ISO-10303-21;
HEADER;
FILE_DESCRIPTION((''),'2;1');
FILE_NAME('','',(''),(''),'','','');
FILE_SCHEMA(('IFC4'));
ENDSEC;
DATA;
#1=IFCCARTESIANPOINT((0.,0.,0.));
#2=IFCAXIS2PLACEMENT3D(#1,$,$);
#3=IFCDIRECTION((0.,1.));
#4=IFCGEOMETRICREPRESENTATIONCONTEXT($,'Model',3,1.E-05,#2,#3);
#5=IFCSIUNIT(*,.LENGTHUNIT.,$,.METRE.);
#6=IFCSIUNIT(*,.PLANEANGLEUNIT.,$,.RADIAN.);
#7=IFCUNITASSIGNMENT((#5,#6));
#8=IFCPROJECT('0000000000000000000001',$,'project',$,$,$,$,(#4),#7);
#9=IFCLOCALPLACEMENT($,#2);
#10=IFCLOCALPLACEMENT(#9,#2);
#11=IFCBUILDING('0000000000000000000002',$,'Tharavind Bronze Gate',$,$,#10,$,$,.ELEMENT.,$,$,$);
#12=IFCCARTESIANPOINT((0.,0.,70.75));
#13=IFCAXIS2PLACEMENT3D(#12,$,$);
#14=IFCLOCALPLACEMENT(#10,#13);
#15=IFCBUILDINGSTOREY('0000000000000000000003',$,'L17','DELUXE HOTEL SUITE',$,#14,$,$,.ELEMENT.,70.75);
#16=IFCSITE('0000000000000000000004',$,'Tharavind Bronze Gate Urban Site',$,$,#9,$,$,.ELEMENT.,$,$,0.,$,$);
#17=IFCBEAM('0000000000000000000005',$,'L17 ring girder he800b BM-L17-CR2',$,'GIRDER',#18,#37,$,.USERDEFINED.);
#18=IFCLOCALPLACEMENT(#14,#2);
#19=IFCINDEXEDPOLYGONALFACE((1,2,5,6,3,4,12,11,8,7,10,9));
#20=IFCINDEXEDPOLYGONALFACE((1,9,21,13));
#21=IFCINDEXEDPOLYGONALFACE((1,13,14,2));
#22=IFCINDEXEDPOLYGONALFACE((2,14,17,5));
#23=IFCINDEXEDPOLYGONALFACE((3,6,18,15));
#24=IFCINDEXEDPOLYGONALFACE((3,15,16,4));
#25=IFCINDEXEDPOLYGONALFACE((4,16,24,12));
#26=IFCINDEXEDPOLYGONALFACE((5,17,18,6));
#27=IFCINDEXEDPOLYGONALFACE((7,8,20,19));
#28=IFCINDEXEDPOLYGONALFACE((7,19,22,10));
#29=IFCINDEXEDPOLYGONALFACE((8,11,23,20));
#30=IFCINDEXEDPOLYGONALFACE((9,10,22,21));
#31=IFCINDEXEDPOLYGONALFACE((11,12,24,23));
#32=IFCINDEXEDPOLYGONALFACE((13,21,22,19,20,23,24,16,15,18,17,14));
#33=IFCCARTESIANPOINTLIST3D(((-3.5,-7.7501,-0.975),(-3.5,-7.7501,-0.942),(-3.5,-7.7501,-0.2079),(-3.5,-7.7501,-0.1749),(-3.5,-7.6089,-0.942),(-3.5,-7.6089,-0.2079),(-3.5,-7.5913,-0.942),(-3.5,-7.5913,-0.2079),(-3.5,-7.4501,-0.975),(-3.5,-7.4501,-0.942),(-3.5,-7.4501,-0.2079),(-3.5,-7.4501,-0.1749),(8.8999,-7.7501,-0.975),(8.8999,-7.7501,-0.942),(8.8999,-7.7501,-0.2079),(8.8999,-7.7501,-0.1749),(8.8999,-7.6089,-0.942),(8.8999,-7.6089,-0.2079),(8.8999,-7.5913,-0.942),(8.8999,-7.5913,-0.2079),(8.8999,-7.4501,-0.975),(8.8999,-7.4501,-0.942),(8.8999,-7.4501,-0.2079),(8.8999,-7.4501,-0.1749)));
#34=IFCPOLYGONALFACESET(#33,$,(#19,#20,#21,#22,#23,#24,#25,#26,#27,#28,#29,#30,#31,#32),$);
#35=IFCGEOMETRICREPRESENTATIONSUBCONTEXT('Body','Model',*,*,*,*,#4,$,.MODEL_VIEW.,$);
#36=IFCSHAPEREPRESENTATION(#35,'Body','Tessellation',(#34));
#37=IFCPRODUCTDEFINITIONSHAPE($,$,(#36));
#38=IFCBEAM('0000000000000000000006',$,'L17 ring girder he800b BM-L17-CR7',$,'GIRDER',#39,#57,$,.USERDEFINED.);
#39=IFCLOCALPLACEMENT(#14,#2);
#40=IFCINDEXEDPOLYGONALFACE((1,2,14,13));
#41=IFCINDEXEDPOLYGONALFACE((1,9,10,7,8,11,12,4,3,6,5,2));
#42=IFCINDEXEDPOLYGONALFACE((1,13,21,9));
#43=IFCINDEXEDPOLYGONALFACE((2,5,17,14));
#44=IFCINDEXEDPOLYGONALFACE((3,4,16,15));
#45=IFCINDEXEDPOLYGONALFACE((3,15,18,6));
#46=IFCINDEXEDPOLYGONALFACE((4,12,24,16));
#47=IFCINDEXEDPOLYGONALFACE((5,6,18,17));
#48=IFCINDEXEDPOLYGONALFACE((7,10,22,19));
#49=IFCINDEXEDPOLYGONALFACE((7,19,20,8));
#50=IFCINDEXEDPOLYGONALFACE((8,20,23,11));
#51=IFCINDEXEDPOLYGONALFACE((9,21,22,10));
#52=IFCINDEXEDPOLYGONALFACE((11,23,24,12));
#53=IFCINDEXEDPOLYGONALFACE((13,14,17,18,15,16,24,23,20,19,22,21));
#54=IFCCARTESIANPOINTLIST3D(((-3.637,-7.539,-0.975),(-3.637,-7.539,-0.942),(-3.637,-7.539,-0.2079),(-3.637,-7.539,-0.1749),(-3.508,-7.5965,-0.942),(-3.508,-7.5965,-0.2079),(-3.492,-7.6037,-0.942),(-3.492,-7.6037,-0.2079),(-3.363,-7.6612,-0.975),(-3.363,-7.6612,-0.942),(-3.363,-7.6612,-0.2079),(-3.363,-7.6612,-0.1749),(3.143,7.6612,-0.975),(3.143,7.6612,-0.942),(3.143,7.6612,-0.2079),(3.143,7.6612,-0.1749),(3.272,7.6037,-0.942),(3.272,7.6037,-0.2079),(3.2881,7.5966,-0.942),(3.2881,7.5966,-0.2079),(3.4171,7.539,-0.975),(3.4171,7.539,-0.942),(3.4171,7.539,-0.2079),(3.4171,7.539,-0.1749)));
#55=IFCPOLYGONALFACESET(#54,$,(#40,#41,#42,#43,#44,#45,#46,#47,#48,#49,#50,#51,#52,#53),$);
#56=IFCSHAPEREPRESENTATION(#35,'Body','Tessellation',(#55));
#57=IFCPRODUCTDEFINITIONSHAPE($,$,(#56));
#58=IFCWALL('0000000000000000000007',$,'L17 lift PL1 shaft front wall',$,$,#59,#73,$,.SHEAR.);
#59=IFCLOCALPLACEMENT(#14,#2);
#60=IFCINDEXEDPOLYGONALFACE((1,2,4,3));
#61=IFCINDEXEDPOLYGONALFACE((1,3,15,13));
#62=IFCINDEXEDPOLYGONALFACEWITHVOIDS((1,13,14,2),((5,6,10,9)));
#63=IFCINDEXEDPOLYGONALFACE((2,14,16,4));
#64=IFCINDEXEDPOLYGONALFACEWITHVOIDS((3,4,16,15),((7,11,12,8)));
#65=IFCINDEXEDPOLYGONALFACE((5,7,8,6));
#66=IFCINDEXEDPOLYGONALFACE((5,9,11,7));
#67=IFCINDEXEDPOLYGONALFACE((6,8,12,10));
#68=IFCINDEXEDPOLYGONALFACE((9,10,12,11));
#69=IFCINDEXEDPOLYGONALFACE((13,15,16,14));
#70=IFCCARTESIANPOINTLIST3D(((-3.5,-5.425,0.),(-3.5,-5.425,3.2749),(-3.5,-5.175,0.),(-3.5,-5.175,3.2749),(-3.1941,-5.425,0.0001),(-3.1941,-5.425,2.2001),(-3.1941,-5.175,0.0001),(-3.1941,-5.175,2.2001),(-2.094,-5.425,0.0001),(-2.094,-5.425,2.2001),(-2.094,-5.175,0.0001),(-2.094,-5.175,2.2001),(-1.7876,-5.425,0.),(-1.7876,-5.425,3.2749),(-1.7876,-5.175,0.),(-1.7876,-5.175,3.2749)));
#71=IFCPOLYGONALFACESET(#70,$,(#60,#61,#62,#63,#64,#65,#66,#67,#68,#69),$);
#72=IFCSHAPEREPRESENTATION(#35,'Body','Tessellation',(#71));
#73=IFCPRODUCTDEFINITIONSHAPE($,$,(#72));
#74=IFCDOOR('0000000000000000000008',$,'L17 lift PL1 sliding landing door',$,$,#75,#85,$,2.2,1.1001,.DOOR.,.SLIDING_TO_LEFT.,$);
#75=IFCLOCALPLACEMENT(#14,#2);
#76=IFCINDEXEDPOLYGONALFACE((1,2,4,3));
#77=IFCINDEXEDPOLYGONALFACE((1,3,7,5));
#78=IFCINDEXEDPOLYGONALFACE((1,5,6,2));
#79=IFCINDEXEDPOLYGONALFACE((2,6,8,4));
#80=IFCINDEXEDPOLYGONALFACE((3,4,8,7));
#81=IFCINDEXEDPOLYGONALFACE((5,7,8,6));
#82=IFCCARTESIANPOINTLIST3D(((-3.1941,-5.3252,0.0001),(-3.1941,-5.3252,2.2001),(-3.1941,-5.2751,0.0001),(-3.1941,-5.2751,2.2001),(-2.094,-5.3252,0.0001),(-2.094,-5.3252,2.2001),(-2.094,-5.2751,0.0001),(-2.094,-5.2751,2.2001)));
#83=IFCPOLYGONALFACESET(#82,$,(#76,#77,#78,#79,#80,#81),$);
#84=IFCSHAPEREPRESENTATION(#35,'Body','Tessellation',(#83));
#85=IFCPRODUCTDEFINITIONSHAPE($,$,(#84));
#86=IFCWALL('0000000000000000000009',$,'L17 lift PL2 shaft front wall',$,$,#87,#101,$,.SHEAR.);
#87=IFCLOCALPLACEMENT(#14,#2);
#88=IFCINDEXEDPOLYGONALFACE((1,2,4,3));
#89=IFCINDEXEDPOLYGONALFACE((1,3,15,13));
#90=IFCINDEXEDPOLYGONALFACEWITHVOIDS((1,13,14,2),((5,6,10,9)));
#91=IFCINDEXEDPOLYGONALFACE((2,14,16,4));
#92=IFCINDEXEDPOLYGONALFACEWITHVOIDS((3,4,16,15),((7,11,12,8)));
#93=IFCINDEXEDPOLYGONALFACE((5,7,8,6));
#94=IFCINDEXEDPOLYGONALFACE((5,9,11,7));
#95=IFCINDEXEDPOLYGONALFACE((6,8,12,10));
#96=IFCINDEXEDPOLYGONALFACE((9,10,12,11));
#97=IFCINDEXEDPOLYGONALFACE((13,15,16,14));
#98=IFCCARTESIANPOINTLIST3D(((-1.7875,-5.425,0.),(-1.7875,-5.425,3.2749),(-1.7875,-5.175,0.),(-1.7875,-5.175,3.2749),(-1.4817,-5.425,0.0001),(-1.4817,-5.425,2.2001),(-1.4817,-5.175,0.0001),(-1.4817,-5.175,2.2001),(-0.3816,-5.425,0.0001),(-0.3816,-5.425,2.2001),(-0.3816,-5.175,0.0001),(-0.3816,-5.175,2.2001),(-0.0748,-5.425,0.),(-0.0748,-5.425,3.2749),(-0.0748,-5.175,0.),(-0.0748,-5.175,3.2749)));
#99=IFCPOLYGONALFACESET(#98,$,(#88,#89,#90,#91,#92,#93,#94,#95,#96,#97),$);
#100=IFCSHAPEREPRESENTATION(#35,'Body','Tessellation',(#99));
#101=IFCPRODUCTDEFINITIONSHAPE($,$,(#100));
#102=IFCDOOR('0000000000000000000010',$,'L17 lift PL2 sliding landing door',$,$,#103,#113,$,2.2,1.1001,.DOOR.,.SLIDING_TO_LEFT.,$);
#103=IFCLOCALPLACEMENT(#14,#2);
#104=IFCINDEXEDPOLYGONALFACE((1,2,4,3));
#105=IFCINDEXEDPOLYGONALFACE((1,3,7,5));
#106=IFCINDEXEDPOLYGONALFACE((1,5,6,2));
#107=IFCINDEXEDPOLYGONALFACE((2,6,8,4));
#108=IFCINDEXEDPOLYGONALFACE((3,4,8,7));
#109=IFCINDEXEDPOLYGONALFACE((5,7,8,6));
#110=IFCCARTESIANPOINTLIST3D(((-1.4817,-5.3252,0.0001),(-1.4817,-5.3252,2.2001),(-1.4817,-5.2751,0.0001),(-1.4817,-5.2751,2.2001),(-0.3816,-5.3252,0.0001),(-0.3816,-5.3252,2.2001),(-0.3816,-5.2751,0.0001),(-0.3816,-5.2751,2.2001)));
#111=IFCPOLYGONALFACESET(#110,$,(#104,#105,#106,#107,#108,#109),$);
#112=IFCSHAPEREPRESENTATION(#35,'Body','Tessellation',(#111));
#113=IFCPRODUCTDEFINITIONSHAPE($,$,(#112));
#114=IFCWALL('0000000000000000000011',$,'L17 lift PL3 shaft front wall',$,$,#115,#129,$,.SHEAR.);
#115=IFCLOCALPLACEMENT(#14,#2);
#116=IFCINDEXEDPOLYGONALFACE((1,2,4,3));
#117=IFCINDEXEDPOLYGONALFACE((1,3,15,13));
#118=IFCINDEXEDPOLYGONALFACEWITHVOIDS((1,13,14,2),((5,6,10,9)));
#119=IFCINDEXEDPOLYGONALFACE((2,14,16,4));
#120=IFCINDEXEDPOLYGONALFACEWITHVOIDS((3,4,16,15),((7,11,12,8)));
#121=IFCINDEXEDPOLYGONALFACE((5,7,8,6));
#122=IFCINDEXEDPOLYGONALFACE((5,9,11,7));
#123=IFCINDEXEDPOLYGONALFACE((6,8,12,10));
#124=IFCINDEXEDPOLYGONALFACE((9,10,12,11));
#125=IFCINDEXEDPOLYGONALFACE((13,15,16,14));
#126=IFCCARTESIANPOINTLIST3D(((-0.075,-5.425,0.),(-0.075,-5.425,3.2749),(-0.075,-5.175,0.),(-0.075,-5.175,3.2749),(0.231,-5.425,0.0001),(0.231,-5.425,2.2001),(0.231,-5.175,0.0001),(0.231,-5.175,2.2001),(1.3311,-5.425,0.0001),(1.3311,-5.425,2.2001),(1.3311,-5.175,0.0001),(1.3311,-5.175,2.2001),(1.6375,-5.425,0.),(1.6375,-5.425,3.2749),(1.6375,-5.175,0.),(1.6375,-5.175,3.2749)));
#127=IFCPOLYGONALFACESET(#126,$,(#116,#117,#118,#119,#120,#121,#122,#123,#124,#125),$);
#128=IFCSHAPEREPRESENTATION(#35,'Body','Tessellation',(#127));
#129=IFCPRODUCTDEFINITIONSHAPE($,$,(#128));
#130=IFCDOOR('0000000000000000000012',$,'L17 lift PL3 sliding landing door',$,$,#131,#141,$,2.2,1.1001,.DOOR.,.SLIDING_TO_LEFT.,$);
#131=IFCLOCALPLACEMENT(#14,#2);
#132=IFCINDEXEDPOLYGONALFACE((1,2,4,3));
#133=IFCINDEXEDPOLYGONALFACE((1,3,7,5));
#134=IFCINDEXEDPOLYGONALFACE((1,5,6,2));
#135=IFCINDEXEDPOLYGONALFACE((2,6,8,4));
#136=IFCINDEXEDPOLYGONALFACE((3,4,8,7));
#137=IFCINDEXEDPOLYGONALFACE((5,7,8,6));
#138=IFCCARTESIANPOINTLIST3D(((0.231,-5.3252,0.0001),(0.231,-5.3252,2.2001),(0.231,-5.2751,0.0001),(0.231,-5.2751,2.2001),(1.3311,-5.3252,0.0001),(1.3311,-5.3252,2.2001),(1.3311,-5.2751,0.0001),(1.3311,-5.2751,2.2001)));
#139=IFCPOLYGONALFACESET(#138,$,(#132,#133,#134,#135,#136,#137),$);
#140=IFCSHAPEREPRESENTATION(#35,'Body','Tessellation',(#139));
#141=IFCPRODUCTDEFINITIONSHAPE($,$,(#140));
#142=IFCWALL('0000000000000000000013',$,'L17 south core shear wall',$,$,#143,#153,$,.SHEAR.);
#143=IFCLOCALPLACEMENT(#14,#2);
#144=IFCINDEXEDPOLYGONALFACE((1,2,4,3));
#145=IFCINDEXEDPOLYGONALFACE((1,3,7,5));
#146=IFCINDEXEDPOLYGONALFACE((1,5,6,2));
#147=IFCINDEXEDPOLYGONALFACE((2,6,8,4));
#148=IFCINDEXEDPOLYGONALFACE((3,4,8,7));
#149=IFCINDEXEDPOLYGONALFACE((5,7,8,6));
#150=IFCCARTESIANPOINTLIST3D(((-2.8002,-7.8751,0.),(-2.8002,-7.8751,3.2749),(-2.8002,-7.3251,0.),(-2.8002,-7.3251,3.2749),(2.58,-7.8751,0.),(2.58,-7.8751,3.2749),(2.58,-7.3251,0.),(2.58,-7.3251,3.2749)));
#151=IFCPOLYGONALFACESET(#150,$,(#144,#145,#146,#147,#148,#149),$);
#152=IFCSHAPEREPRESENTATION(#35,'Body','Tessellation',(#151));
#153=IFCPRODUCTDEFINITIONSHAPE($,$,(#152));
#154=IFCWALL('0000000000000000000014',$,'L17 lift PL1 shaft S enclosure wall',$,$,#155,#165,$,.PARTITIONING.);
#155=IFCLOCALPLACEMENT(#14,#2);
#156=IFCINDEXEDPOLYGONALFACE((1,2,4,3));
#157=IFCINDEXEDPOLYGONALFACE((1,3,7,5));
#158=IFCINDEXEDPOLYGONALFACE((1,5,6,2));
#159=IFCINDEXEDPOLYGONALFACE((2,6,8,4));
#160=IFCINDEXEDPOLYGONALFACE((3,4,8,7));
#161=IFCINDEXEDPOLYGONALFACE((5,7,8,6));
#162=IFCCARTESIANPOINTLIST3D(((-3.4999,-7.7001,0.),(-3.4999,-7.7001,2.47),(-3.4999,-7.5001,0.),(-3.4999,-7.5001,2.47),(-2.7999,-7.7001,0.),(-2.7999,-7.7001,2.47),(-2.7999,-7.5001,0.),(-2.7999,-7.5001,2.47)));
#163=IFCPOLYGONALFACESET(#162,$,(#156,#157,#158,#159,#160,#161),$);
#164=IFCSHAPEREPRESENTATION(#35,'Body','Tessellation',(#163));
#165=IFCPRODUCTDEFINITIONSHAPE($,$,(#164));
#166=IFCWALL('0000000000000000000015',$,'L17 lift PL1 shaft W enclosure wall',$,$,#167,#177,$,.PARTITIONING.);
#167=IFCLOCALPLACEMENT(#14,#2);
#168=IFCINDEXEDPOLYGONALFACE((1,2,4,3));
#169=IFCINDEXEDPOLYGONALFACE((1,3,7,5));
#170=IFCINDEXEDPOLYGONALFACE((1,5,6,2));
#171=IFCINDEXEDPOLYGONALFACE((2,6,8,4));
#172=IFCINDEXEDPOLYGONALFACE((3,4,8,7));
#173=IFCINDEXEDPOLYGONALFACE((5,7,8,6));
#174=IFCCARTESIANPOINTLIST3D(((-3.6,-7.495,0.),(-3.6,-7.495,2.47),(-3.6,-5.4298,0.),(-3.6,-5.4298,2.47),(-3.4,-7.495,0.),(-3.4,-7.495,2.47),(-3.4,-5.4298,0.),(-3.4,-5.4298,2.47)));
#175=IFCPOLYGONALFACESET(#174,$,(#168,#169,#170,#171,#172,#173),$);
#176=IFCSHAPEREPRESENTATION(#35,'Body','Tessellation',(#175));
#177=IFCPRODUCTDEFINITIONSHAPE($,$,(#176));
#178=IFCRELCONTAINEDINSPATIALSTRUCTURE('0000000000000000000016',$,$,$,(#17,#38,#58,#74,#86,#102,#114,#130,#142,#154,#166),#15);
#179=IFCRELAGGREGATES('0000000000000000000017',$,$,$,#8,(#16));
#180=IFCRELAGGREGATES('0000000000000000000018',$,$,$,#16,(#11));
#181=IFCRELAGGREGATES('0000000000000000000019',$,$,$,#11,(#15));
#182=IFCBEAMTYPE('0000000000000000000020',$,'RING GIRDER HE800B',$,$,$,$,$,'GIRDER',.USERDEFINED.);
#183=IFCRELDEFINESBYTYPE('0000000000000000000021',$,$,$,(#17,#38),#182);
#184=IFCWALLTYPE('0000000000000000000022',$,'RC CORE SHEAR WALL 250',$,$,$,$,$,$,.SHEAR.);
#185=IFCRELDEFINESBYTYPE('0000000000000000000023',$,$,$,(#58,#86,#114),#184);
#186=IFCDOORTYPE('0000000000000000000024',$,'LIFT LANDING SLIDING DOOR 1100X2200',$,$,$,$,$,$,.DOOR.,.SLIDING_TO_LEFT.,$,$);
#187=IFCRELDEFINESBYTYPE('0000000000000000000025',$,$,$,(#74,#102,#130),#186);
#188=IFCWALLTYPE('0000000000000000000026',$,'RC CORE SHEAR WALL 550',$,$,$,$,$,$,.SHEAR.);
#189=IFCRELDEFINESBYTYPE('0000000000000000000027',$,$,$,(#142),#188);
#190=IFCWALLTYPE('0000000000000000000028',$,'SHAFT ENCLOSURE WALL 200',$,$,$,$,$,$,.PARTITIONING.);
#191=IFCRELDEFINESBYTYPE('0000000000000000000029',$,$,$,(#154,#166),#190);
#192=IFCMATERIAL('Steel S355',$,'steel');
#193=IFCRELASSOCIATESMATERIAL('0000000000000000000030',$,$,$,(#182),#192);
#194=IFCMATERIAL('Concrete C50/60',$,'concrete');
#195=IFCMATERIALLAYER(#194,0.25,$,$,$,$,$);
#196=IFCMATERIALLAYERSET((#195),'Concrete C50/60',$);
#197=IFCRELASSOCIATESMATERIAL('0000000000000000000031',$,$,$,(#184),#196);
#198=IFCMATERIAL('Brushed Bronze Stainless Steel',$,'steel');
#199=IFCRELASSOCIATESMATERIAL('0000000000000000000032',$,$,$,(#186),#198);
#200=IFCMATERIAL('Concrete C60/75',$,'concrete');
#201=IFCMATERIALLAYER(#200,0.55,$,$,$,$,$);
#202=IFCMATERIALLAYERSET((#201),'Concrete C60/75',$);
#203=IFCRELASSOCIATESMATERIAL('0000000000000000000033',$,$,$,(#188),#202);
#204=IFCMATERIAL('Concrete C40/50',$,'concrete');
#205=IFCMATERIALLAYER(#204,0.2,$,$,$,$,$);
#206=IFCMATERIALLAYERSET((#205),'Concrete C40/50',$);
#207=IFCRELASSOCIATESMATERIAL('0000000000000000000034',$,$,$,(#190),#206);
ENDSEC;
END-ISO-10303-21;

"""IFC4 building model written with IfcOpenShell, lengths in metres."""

from ifc_helpers import new_model, si_unit, direction, frame, frame_2d, origin, origin_2d, place, context, subcontext, project, spatial, rectangle, i_section, extrude, material, layer, layer_set, material_profile, profile_set, type_object, element, fill, save


model = new_model("IFC4")

# Units and contexts
model_context = context("Model", 3, precision=1e-05, world=origin(), true_north=direction((0.0, 1.0)))
body_context = subcontext(model_context, "Body", "Model", "MODEL_VIEW")
ifc_project = project(units=[si_unit("LENGTHUNIT", "METRE"), si_unit("PLANEANGLEUNIT", "RADIAN")], contexts=[model_context])

# Site, building, storey
site_placement = place(None, origin())
site = spatial("IfcSite", under=ifc_project, at=site_placement, Name="Tharavind Bronze Gate Urban Site", CompositionType="ELEMENT", RefElevation=0.0)
building_placement = place(site_placement, origin())
building = spatial("IfcBuilding", under=site, at=building_placement, Name="Tharavind Bronze Gate", CompositionType="ELEMENT")
storey_placement = place(building_placement, frame((0.0, 0.0, 70.75)))
storey = spatial("IfcBuildingStorey", under=building, at=storey_placement, Name="L17", Description="DELUXE HOTEL SUITE", CompositionType="ELEMENT", Elevation=70.75)

# Beams
ifc_material_1 = material(Name="Steel S355", Category="steel")
ifc_material_profile = material_profile(ifc_material_1, i_section(OverallWidth=0.3, OverallDepth=0.8, WebThickness=0.0176, FlangeThickness=0.033, at=origin_2d()), Name="HE800B")
ifc_profile_set = profile_set([ifc_material_profile], Name="Steel S355")
beam_type = type_object("IfcBeamType", Name="RING GIRDER HE800B", ElementType="GIRDER", PredefinedType="USERDEFINED", material=ifc_profile_set)
beam_1_placement = place(storey_placement, frame((-3.5, -7.6001, -0.575), z_axis=(1.0, 0.0, 0.0), x_axis=(0.0, 1.0, 0.0)))
element("IfcBeam", 1, at=beam_1_placement, inside=storey, type_object=beam_type, Name="L17 ring girder he800b BM-L17-CR2", ObjectType="GIRDER", PredefinedType="USERDEFINED", context=body_context, shape_type="SweptSolid", body=[
    extrude(i_section(OverallWidth=0.3, OverallDepth=0.8, WebThickness=0.0176, FlangeThickness=0.033, at=origin_2d()), origin(), (0.0, 0.0, 1.0), 12.3999),
])
beam_2_placement = place(storey_placement, frame((-3.5, -7.6001, -0.575), z_axis=(0.407362, 0.913267, 0.0), x_axis=(-0.913267, 0.407362, 0.0)))
element("IfcBeam", 2, at=beam_2_placement, inside=storey, type_object=beam_type, Name="L17 ring girder he800b BM-L17-CR7", ObjectType="GIRDER", PredefinedType="USERDEFINED", context=body_context, shape_type="SweptSolid", body=[
    extrude(i_section(OverallWidth=0.3, OverallDepth=0.8, WebThickness=0.0176, FlangeThickness=0.033, at=origin_2d()), origin(), (0.0, 0.0, 1.0), 16.6438),
])

# Walls, openings, doors
ifc_material_2 = material(Name="Concrete C50/60", Category="concrete")
ifc_layer_1 = layer(ifc_material_2, 0.25)
ifc_layer_set_1 = layer_set([ifc_layer_1], Name="Concrete C50/60")
wall_type_1 = type_object("IfcWallType", Name="RC CORE SHEAR WALL 250", PredefinedType="SHEAR", material=ifc_layer_set_1)
wall_1_placement = place(storey_placement, frame((-3.5, -5.3, 0.0), z_axis=(0.0, 0.0, 1.0), x_axis=(1.0, 0.0, 0.0)))
wall_1 = element("IfcWall", 3, at=wall_1_placement, inside=storey, type_object=wall_type_1, Name="L17 lift PL1 shaft front wall", PredefinedType="SHEAR", context=body_context, shape_type="SweptSolid", body=[
    extrude(rectangle(XDim=1.7124, YDim=0.25, at=frame_2d((0.8562, 0.0))), origin(), (0.0, 0.0, 1.0), 3.2749),
])
opening_1_placement = place(wall_1_placement, frame((0.3059, 0.0, 0.0)))
opening_1 = element("IfcOpeningElement", 4, at=opening_1_placement, cuts=wall_1, PredefinedType="OPENING", context=body_context, shape_type="SweptSolid", body=[
    extrude(rectangle(XDim=1.1001, YDim=2.2, at=frame_2d((0.55, 1.1001))), frame((0.0, 0.135, 0.0), z_axis=(0.0, -1.0, 0.0), x_axis=(1.0, 0.0, 0.0)), (0.0, 0.0, 1.0), 0.27),
])
ifc_material_3 = material(Name="Brushed Bronze Stainless Steel", Category="steel")
door_type = type_object("IfcDoorType", Name="LIFT LANDING SLIDING DOOR 1100X2200", OperationType="SLIDING_TO_LEFT", PredefinedType="DOOR", material=ifc_material_3)
door_1_placement = place(opening_1_placement, origin())
door_1 = element("IfcDoor", 5, at=door_1_placement, inside=storey, type_object=door_type, Name="L17 lift PL1 sliding landing door", OperationType="SLIDING_TO_LEFT", OverallHeight=2.2, OverallWidth=1.1001, PredefinedType="DOOR", context=body_context, shape_type="SweptSolid", body=[
    extrude(rectangle(XDim=1.1001, YDim=2.2, at=frame_2d((0.55, 1.1001))), frame((0.0, 0.0249, 0.0), z_axis=(0.0, -1.0, 0.0), x_axis=(1.0, 0.0, 0.0)), (0.0, 0.0, 1.0), 0.05),
])
fill(opening_1, door_1)
wall_2_placement = place(storey_placement, frame((-1.7876, -5.3, 0.0), z_axis=(0.0, 0.0, 1.0), x_axis=(1.0, 0.0, 0.0)))
wall_2 = element("IfcWall", 6, at=wall_2_placement, inside=storey, type_object=wall_type_1, Name="L17 lift PL2 shaft front wall", PredefinedType="SHEAR", context=body_context, shape_type="SweptSolid", body=[
    extrude(rectangle(XDim=1.7126, YDim=0.25, at=frame_2d((0.8564, 0.0))), origin(), (0.0, 0.0, 1.0), 3.2749),
])
opening_2_placement = place(wall_2_placement, frame((0.3059, 0.0, 0.0)))
opening_2 = element("IfcOpeningElement", 7, at=opening_2_placement, cuts=wall_2, PredefinedType="OPENING", context=body_context, shape_type="SweptSolid", body=[
    extrude(rectangle(XDim=1.1001, YDim=2.2, at=frame_2d((0.55, 1.1001))), frame((0.0, 0.135, 0.0), z_axis=(0.0, -1.0, 0.0), x_axis=(1.0, 0.0, 0.0)), (0.0, 0.0, 1.0), 0.27),
])
door_2_placement = place(opening_2_placement, origin())
door_2 = element("IfcDoor", 8, at=door_2_placement, inside=storey, type_object=door_type, Name="L17 lift PL2 sliding landing door", OperationType="SLIDING_TO_LEFT", OverallHeight=2.2, OverallWidth=1.1001, PredefinedType="DOOR", context=body_context, shape_type="SweptSolid", body=[
    extrude(rectangle(XDim=1.1001, YDim=2.2, at=frame_2d((0.55, 1.1001))), frame((0.0, 0.0249, 0.0), z_axis=(0.0, -1.0, 0.0), x_axis=(1.0, 0.0, 0.0)), (0.0, 0.0, 1.0), 0.05),
])
fill(opening_2, door_2)
wall_3_placement = place(storey_placement, frame((-0.075, -5.3, 0.0), z_axis=(0.0, 0.0, 1.0), x_axis=(1.0, 0.0, 0.0)))
wall_3 = element("IfcWall", 9, at=wall_3_placement, inside=storey, type_object=wall_type_1, Name="L17 lift PL3 shaft front wall", PredefinedType="SHEAR", context=body_context, shape_type="SweptSolid", body=[
    extrude(rectangle(XDim=1.7124, YDim=0.25, at=frame_2d((0.8562, 0.0))), origin(), (0.0, 0.0, 1.0), 3.2749),
])
opening_3_placement = place(wall_3_placement, frame((0.3059, 0.0, 0.0)))
opening_3 = element("IfcOpeningElement", 10, at=opening_3_placement, cuts=wall_3, PredefinedType="OPENING", context=body_context, shape_type="SweptSolid", body=[
    extrude(rectangle(XDim=1.1001, YDim=2.2, at=frame_2d((0.55, 1.1001))), frame((0.0, 0.135, 0.0), z_axis=(0.0, -1.0, 0.0), x_axis=(1.0, 0.0, 0.0)), (0.0, 0.0, 1.0), 0.27),
])
door_3_placement = place(opening_3_placement, origin())
door_3 = element("IfcDoor", 11, at=door_3_placement, inside=storey, type_object=door_type, Name="L17 lift PL3 sliding landing door", OperationType="SLIDING_TO_LEFT", OverallHeight=2.2, OverallWidth=1.1001, PredefinedType="DOOR", context=body_context, shape_type="SweptSolid", body=[
    extrude(rectangle(XDim=1.1001, YDim=2.2, at=frame_2d((0.55, 1.1001))), frame((0.0, 0.0249, 0.0), z_axis=(0.0, -1.0, 0.0), x_axis=(1.0, 0.0, 0.0)), (0.0, 0.0, 1.0), 0.05),
])
fill(opening_3, door_3)

# Walls
ifc_material_4 = material(Name="Concrete C60/75", Category="concrete")
ifc_layer_2 = layer(ifc_material_4, 0.55)
ifc_layer_set_2 = layer_set([ifc_layer_2], Name="Concrete C60/75")
wall_type_2 = type_object("IfcWallType", Name="RC CORE SHEAR WALL 550", PredefinedType="SHEAR", material=ifc_layer_set_2)
wall_4_placement = place(storey_placement, frame((-2.8, -7.6001, 0.0), z_axis=(0.0, 0.0, 1.0), x_axis=(1.0, 0.0, 0.0)))
element("IfcWall", 12, at=wall_4_placement, inside=storey, type_object=wall_type_2, Name="L17 south core shear wall", PredefinedType="SHEAR", context=body_context, shape_type="SweptSolid", body=[
    extrude(rectangle(XDim=5.3801, YDim=0.55, at=frame_2d((2.6899, 0.0))), origin(), (0.0, 0.0, 1.0), 3.2749),
])
ifc_material_5 = material(Name="Concrete C40/50", Category="concrete")
ifc_layer_3 = layer(ifc_material_5, 0.2)
ifc_layer_set_3 = layer_set([ifc_layer_3], Name="Concrete C40/50")
wall_type_3 = type_object("IfcWallType", Name="SHAFT ENCLOSURE WALL 200", PredefinedType="PARTITIONING", material=ifc_layer_set_3)
wall_5_placement = place(storey_placement, frame((-3.5, -7.6001, 0.0), z_axis=(0.0, 0.0, 1.0), x_axis=(1.0, 0.0, 0.0)))
element("IfcWall", 13, at=wall_5_placement, inside=storey, type_object=wall_type_3, Name="L17 lift PL1 shaft S enclosure wall", PredefinedType="PARTITIONING", context=body_context, shape_type="SweptSolid", body=[
    extrude(rectangle(XDim=0.7, YDim=0.2, at=frame_2d((0.3501, 0.0))), origin(), (0.0, 0.0, 1.0), 2.47),
])
wall_6_placement = place(storey_placement, frame((-3.5, -7.4951, 0.0), z_axis=(0.0, 0.0, 1.0), x_axis=(0.0, 1.0, 0.0)))
element("IfcWall", 14, at=wall_6_placement, inside=storey, type_object=wall_type_3, Name="L17 lift PL1 shaft W enclosure wall", PredefinedType="PARTITIONING", context=body_context, shape_type="SweptSolid", body=[
    extrude(rectangle(XDim=2.0652, YDim=0.2, at=frame_2d((1.0327, 0.0))), origin(), (0.0, 0.0, 1.0), 2.47),
])

save(model, "model.ifc")
